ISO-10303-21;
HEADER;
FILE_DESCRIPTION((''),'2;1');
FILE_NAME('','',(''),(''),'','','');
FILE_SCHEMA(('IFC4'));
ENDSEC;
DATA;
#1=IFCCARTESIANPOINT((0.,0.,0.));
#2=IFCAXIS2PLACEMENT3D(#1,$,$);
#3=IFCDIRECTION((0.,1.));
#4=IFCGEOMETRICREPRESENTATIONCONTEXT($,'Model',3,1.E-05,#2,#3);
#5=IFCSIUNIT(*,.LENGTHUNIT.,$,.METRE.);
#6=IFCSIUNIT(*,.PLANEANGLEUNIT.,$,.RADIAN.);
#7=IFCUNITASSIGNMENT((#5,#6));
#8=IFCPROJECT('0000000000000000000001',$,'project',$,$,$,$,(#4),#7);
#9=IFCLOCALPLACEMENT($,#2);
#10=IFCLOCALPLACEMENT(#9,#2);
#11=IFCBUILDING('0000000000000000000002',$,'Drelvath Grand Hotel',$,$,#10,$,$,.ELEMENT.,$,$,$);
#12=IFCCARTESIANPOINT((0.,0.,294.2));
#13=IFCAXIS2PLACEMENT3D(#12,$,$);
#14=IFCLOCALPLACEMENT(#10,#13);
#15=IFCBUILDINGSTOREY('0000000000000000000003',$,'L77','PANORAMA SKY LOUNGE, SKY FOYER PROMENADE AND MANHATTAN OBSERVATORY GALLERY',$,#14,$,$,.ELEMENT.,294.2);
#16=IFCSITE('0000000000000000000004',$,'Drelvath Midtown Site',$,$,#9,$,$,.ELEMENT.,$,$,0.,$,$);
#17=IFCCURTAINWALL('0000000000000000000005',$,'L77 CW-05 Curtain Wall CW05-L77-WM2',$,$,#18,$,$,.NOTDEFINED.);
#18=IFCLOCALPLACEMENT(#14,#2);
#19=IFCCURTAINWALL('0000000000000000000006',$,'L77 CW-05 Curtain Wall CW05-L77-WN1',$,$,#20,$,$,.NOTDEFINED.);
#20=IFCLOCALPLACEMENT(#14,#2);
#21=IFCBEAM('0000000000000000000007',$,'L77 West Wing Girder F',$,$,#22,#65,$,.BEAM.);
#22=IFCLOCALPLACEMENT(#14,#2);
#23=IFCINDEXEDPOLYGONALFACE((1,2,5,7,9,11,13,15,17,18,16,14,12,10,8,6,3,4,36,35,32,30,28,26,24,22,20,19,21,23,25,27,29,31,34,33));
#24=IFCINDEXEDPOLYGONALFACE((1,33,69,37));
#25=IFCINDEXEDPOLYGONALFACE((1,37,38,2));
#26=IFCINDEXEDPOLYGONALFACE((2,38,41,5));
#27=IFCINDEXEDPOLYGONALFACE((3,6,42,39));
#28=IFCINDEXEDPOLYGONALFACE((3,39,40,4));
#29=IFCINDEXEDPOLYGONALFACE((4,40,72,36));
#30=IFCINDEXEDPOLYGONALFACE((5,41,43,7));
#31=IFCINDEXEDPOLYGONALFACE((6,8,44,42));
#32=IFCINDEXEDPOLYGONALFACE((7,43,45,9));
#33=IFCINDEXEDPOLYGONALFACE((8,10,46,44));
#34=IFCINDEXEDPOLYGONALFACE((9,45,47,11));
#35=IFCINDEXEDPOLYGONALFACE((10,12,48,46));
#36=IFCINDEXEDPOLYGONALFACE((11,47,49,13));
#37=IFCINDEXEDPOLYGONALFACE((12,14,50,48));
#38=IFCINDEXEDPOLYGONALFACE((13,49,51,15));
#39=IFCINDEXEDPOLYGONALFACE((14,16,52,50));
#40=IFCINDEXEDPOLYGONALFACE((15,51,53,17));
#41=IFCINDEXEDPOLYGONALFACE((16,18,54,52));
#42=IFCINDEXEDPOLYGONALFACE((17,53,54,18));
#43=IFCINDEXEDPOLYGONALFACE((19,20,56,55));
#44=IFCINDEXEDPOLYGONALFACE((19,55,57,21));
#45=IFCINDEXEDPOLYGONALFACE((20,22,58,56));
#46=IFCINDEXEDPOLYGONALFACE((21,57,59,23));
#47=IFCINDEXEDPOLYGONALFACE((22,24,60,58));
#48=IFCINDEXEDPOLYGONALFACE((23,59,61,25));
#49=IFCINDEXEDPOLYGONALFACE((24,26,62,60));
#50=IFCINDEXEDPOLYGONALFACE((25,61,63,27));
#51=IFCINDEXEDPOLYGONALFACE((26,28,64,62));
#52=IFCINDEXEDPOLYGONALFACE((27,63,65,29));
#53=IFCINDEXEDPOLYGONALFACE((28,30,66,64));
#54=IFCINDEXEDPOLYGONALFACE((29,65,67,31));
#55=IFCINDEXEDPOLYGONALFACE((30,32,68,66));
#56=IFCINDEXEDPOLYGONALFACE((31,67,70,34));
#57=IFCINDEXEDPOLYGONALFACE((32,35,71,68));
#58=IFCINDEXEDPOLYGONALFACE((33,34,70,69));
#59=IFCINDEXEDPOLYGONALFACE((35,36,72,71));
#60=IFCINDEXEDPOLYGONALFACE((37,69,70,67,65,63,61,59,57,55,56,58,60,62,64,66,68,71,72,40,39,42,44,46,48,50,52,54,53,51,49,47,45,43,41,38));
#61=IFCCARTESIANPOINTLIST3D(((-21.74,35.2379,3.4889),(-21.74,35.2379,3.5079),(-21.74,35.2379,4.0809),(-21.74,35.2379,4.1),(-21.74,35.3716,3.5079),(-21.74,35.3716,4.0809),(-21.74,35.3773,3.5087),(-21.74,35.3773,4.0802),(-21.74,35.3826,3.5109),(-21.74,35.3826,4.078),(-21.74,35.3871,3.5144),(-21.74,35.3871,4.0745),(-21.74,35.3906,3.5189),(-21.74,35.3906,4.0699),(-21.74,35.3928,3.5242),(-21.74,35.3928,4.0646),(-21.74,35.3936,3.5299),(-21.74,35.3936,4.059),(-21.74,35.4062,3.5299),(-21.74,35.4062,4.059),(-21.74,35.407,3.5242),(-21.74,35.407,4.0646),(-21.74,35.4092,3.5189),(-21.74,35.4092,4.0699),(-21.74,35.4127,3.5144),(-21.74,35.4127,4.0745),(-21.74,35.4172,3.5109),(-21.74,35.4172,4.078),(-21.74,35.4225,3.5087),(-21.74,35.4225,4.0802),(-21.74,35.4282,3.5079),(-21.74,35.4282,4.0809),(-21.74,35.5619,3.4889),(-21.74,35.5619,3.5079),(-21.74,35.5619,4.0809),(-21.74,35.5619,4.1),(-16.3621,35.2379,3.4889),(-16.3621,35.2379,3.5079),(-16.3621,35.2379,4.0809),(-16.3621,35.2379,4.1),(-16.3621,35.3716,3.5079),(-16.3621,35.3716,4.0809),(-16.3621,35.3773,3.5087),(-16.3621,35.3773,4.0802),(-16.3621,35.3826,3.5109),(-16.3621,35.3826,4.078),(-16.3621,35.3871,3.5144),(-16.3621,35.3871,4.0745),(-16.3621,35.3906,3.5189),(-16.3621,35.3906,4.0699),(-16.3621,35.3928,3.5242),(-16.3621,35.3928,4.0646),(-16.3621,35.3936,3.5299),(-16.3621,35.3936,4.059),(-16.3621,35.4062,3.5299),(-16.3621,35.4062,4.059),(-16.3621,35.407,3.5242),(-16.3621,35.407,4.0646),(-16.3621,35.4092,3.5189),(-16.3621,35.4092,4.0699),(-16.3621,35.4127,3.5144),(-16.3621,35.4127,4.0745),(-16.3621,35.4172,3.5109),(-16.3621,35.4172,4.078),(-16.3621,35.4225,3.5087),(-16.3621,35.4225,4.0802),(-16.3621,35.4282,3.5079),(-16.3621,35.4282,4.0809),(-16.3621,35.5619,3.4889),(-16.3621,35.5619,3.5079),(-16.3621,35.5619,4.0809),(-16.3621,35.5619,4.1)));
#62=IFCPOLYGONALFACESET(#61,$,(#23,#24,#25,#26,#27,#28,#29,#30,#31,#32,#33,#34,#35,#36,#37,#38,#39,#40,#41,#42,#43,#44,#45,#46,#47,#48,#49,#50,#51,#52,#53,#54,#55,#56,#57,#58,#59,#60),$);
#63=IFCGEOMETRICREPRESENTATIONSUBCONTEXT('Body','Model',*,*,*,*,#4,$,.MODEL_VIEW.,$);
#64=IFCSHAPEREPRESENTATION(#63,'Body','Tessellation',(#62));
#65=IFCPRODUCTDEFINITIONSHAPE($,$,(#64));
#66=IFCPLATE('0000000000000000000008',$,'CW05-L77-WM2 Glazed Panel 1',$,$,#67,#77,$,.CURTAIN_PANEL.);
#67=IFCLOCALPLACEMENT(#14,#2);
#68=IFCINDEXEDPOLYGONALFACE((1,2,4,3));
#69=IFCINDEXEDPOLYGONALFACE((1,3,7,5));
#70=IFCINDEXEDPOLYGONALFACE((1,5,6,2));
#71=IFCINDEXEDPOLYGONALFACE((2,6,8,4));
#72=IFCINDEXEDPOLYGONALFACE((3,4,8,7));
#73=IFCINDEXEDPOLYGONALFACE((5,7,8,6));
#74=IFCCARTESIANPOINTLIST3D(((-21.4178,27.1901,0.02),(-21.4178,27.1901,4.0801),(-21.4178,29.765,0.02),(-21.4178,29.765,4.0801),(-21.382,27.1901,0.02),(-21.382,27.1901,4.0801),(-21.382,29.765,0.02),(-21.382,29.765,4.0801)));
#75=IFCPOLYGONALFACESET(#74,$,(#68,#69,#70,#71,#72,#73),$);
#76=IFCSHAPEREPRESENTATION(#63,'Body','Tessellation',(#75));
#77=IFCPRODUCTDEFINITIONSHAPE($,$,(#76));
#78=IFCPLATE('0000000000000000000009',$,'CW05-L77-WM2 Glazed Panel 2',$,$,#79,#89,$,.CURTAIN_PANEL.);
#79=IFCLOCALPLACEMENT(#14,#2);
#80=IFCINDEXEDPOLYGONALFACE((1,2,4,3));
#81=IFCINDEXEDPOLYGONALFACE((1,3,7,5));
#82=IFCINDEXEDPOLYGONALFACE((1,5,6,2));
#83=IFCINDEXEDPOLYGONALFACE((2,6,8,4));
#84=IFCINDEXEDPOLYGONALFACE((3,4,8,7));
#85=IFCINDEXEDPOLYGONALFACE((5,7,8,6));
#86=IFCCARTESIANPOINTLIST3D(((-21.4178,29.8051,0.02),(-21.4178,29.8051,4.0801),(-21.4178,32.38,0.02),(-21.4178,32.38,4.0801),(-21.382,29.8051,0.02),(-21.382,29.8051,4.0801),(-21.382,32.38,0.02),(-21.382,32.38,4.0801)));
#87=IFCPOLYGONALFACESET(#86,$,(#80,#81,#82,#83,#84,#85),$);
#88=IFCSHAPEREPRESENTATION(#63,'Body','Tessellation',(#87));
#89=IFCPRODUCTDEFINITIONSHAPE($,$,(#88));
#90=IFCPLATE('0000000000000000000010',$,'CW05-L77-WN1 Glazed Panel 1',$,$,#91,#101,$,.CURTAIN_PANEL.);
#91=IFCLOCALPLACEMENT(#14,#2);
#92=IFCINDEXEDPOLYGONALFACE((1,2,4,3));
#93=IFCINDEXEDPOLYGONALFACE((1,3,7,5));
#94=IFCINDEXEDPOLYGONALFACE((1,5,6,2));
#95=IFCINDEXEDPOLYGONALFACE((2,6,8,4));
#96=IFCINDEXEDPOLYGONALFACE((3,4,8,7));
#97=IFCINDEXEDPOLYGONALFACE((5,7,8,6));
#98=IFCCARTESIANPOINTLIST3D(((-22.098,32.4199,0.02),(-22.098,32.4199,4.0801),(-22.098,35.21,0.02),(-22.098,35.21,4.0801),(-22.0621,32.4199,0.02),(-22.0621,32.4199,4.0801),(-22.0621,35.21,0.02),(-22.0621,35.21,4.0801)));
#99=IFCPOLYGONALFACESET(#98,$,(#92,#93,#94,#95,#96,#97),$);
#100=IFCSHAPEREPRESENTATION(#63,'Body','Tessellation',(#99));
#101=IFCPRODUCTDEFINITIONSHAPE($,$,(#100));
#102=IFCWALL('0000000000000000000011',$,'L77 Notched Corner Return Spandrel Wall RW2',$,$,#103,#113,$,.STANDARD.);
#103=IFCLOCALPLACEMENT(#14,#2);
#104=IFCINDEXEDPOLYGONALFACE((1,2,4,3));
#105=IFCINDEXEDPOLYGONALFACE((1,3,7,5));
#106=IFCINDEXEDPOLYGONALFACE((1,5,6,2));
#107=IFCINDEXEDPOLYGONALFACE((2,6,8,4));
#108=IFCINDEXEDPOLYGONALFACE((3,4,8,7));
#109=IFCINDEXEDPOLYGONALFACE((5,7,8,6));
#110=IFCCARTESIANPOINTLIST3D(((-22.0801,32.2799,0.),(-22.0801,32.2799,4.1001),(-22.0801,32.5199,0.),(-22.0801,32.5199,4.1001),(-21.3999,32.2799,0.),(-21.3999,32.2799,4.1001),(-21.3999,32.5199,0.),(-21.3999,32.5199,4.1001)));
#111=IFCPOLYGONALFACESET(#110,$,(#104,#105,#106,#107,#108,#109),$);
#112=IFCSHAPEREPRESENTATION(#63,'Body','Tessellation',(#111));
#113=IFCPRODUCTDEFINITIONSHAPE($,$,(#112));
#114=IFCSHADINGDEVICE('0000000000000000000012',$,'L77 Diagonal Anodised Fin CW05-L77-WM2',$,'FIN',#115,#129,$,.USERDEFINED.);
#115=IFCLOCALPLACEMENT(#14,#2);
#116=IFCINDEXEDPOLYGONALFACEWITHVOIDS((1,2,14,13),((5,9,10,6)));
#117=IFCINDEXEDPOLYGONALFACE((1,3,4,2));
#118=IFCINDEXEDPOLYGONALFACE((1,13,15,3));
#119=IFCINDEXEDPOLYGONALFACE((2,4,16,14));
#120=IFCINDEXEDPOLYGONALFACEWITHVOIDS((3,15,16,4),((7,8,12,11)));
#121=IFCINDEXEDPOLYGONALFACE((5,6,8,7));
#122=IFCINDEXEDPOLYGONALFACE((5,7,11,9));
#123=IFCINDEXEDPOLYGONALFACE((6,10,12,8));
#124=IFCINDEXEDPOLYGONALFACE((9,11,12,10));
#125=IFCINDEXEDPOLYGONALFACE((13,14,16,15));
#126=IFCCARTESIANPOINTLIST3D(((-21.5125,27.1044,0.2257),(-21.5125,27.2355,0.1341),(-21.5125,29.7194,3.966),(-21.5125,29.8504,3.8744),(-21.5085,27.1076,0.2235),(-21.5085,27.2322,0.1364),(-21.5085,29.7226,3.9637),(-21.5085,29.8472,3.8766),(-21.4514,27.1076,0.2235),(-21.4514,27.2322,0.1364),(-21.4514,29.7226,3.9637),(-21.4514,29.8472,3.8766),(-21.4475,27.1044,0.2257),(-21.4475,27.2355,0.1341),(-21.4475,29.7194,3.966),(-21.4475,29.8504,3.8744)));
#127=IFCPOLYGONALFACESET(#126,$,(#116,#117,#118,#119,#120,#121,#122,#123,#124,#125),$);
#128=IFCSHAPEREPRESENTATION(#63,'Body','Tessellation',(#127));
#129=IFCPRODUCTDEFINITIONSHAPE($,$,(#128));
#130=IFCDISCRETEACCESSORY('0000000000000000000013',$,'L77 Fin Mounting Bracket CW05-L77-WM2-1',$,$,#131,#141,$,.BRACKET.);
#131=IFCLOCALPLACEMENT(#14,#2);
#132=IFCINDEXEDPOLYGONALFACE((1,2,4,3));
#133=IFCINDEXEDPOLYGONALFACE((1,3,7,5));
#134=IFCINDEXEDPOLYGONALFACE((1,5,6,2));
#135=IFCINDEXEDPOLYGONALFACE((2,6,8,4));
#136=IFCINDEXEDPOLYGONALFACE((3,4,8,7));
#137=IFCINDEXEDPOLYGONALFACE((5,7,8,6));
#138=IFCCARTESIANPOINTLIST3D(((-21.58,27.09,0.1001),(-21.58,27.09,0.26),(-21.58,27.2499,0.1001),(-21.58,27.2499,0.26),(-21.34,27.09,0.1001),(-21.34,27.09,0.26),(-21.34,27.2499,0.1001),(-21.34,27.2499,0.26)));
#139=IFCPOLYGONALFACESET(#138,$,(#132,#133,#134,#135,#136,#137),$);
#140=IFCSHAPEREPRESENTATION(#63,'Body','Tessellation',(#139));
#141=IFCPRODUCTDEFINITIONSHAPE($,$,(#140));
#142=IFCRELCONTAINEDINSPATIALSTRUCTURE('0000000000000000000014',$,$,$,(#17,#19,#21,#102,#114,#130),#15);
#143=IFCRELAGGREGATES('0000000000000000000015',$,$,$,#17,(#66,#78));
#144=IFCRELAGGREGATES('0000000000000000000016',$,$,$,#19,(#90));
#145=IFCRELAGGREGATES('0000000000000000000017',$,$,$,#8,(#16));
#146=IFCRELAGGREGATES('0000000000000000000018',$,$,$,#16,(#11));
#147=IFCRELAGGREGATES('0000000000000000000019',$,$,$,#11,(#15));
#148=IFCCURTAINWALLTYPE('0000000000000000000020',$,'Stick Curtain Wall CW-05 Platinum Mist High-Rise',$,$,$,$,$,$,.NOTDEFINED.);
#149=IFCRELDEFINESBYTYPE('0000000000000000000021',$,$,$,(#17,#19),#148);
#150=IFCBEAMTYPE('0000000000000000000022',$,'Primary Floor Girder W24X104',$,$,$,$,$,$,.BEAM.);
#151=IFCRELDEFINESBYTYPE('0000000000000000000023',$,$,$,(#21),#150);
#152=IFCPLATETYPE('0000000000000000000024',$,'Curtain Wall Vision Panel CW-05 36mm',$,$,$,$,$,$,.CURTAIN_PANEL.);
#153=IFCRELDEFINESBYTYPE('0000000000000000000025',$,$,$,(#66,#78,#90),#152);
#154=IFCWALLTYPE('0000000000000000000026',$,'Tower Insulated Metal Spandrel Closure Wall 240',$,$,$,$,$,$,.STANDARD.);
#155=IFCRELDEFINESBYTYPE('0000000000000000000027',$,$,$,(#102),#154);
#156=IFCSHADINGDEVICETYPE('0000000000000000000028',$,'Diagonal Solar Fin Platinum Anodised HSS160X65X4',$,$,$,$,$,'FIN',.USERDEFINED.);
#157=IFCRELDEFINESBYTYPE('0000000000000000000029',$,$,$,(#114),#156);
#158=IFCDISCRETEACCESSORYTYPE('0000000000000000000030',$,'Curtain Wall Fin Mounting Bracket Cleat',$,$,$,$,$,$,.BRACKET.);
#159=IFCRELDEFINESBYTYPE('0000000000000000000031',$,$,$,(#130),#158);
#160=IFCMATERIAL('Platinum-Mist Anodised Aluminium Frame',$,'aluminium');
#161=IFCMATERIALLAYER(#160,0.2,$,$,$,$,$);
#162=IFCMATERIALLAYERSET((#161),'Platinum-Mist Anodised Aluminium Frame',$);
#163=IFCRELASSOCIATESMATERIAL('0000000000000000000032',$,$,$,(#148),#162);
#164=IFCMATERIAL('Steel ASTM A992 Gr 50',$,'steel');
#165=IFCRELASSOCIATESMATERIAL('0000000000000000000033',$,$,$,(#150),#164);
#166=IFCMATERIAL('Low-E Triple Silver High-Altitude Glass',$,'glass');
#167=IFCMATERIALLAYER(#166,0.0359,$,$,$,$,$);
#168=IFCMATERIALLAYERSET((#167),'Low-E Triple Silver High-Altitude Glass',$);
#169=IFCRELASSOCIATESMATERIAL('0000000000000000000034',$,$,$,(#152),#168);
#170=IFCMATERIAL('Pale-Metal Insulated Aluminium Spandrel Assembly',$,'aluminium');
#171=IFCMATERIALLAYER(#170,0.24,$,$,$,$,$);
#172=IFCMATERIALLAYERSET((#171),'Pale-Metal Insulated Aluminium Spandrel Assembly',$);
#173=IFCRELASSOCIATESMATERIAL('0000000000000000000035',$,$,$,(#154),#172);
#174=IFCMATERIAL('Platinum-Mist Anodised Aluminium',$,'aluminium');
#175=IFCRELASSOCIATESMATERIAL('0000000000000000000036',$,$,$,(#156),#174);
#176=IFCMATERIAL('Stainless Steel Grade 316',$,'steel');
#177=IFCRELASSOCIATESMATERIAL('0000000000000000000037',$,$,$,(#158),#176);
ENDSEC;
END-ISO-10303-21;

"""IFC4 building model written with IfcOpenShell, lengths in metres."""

from ifc_helpers import new_model, si_unit, direction, frame, frame_2d, origin, origin_2d, place, context, subcontext, project, spatial, rectangle, hollow_rectangle, i_section, extrude, material, layer, layer_set, material_profile, profile_set, type_object, element, aggregate, save


model = new_model("IFC4")

# Units and contexts
model_context = context("Model", 3, precision=1e-05, world=origin(), true_north=direction((0.0, 1.0)))
body_context = subcontext(model_context, "Body", "Model", "MODEL_VIEW")
ifc_project = project(units=[si_unit("LENGTHUNIT", "METRE"), si_unit("PLANEANGLEUNIT", "RADIAN")], contexts=[model_context])

# Site, building, storey
site_placement = place(None, origin())
site = spatial("IfcSite", under=ifc_project, at=site_placement, Name="Drelvath Midtown Site", CompositionType="ELEMENT", RefElevation=0.0)
building_placement = place(site_placement, origin())
building = spatial("IfcBuilding", under=site, at=building_placement, Name="Drelvath Grand Hotel", CompositionType="ELEMENT")
storey_placement = place(building_placement, frame((0.0, 0.0, 294.2)))
storey = spatial("IfcBuildingStorey", under=building, at=storey_placement, Name="L77", Description="PANORAMA SKY LOUNGE, SKY FOYER PROMENADE AND MANHATTAN OBSERVATORY GALLERY", CompositionType="ELEMENT", Elevation=294.2)

# Curtain walls
ifc_material_1 = material(Name="Platinum-Mist Anodised Aluminium Frame", Category="aluminium")
ifc_layer_1 = layer(ifc_material_1, 0.2)
ifc_layer_set_1 = layer_set([ifc_layer_1], Name="Platinum-Mist Anodised Aluminium Frame")
curtain_wall_type = type_object("IfcCurtainWallType", Name="Stick Curtain Wall CW-05 Platinum Mist High-Rise", PredefinedType="NOTDEFINED", material=ifc_layer_set_1)
curtain_wall_1_placement = place(storey_placement, origin())
curtain_wall_1 = element("IfcCurtainWall", 1, at=curtain_wall_1_placement, inside=storey, type_object=curtain_wall_type, Name="L77 CW-05 Curtain Wall CW05-L77-WM2", PredefinedType="NOTDEFINED")
curtain_wall_2_placement = place(storey_placement, origin())
curtain_wall_2 = element("IfcCurtainWall", 2, at=curtain_wall_2_placement, inside=storey, type_object=curtain_wall_type, Name="L77 CW-05 Curtain Wall CW05-L77-WN1", PredefinedType="NOTDEFINED")

# Beam
ifc_material_2 = material(Name="Steel ASTM A992 Gr 50", Category="steel")
ifc_material_profile_1 = material_profile(ifc_material_2, i_section(OverallWidth=0.324, OverallDepth=0.6111, WebThickness=0.0127, FlangeThickness=0.019, FilletRadius=0.022, at=origin_2d()), Name="W24X104")
ifc_profile_set_1 = profile_set([ifc_material_profile_1], Name="Steel ASTM A992 Gr 50")
beam_type_1 = type_object("IfcBeamType", Name="Primary Floor Girder W24X104", PredefinedType="BEAM", material=ifc_profile_set_1)
beam_1_placement = place(storey_placement, frame((-21.74, 35.3999, 3.7944), z_axis=(1.0, 0.0, 0.0), x_axis=(0.0, 1.0, 0.0)))
element("IfcBeam", 3, at=beam_1_placement, inside=storey, type_object=beam_type_1, Name="L77 West Wing Girder F", PredefinedType="BEAM", context=body_context, shape_type="SweptSolid", body=[
    extrude(i_section(OverallWidth=0.324, OverallDepth=0.6111, WebThickness=0.0127, FlangeThickness=0.019, FilletRadius=0.022, at=origin_2d()), origin(), (0.0, 0.0, 1.0), 5.3779),
])

# Plates
ifc_material_3 = material(Name="Low-E Triple Silver High-Altitude Glass", Category="glass")
ifc_layer_2 = layer(ifc_material_3, 0.0359)
ifc_layer_set_2 = layer_set([ifc_layer_2], Name="Low-E Triple Silver High-Altitude Glass")
plate_type = type_object("IfcPlateType", Name="Curtain Wall Vision Panel CW-05 36mm", PredefinedType="CURTAIN_PANEL", material=ifc_layer_set_2)
plate_1_placement = place(storey_placement, frame((-21.3999, 28.4775, 0.02), z_axis=(0.0, 0.0, 1.0), x_axis=(0.0, 1.0, 0.0)))
plate_1 = element("IfcPlate", 4, at=plate_1_placement, type_object=plate_type, Name="CW05-L77-WM2 Glazed Panel 1", PredefinedType="CURTAIN_PANEL", context=body_context, shape_type="SweptSolid", body=[
    extrude(rectangle(XDim=2.575, YDim=0.0359, at=origin_2d()), origin(), (0.0, 0.0, 1.0), 4.0601),
])
plate_2_placement = place(storey_placement, frame((-21.3999, 31.0925, 0.02), z_axis=(0.0, 0.0, 1.0), x_axis=(0.0, 1.0, 0.0)))
plate_2 = element("IfcPlate", 5, at=plate_2_placement, type_object=plate_type, Name="CW05-L77-WM2 Glazed Panel 2", PredefinedType="CURTAIN_PANEL", context=body_context, shape_type="SweptSolid", body=[
    extrude(rectangle(XDim=2.575, YDim=0.0359, at=origin_2d()), origin(), (0.0, 0.0, 1.0), 4.0601),
])
aggregate(curtain_wall_1, [plate_1, plate_2])
plate_3_placement = place(storey_placement, frame((-22.0801, 33.8149, 0.02), z_axis=(0.0, 0.0, 1.0), x_axis=(0.0, 1.0, 0.0)))
plate_3 = element("IfcPlate", 6, at=plate_3_placement, type_object=plate_type, Name="CW05-L77-WN1 Glazed Panel 1", PredefinedType="CURTAIN_PANEL", context=body_context, shape_type="SweptSolid", body=[
    extrude(rectangle(XDim=2.79, YDim=0.0359, at=origin_2d()), origin(), (0.0, 0.0, 1.0), 4.0601),
])
aggregate(curtain_wall_2, [plate_3])

# Wall
ifc_material_4 = material(Name="Pale-Metal Insulated Aluminium Spandrel Assembly", Category="aluminium")
ifc_layer_3 = layer(ifc_material_4, 0.24)
ifc_layer_set_3 = layer_set([ifc_layer_3], Name="Pale-Metal Insulated Aluminium Spandrel Assembly")
wall_type = type_object("IfcWallType", Name="Tower Insulated Metal Spandrel Closure Wall 240", PredefinedType="STANDARD", material=ifc_layer_set_3)
wall_placement = place(storey_placement, frame((-21.3999, 32.3999, 0.0), z_axis=(0.0, 0.0, 1.0), x_axis=(-1.0, 0.0, 0.0)))
element("IfcWall", 7, at=wall_placement, inside=storey, type_object=wall_type, Name="L77 Notched Corner Return Spandrel Wall RW2", PredefinedType="STANDARD", context=body_context, shape_type="SweptSolid", body=[
    extrude(rectangle(XDim=0.6802, YDim=0.24, at=frame_2d((0.3401, 0.0))), origin(), (0.0, 0.0, 1.0), 4.1001),
])

# Shading device
ifc_material_5 = material(Name="Platinum-Mist Anodised Aluminium", Category="aluminium")
ifc_material_profile_2 = material_profile(ifc_material_5, hollow_rectangle(XDim=0.0649, YDim=0.1599, WallThickness=0.0039, at=origin_2d()), Name="HSS160X65X4")
ifc_profile_set_2 = profile_set([ifc_material_profile_2], Name="Platinum-Mist Anodised Aluminium")
shading_device_type = type_object("IfcShadingDeviceType", Name="Diagonal Solar Fin Platinum Anodised HSS160X65X4", ElementType="FIN", PredefinedType="USERDEFINED", material=ifc_profile_set_2)
shading_device_placement = place(storey_placement, frame((-21.48, 27.1699, 0.1799), z_axis=(0.0, 0.572996, 0.819559), x_axis=(-1.0, 0.0, 0.0)))
element("IfcShadingDevice", 8, at=shading_device_placement, inside=storey, type_object=shading_device_type, Name="L77 Diagonal Anodised Fin CW05-L77-WM2", ObjectType="FIN", PredefinedType="USERDEFINED", context=body_context, shape_type="SweptSolid", body=[
    extrude(hollow_rectangle(XDim=0.0649, YDim=0.1599, WallThickness=0.0039, at=origin_2d()), origin(), (0.0, 0.0, 1.0), 4.5637),
])

# Discrete accessory
ifc_material_6 = material(Name="Stainless Steel Grade 316", Category="steel")
discrete_accessory_type = type_object("IfcDiscreteAccessoryType", Name="Curtain Wall Fin Mounting Bracket Cleat", PredefinedType="BRACKET", material=ifc_material_6)
discrete_accessory_placement = place(storey_placement, frame((-21.46, 27.1699, 0.1001), z_axis=(0.0, 0.0, 1.0), x_axis=(0.0, 1.0, 0.0)))
element("IfcDiscreteAccessory", 9, at=discrete_accessory_placement, inside=storey, type_object=discrete_accessory_type, Name="L77 Fin Mounting Bracket CW05-L77-WM2-1", PredefinedType="BRACKET", context=body_context, shape_type="SweptSolid", body=[
    extrude(rectangle(XDim=0.1599, YDim=0.24, at=origin_2d()), origin(), (0.0, 0.0, 1.0), 0.1599),
])

save(model, "model.ifc")
